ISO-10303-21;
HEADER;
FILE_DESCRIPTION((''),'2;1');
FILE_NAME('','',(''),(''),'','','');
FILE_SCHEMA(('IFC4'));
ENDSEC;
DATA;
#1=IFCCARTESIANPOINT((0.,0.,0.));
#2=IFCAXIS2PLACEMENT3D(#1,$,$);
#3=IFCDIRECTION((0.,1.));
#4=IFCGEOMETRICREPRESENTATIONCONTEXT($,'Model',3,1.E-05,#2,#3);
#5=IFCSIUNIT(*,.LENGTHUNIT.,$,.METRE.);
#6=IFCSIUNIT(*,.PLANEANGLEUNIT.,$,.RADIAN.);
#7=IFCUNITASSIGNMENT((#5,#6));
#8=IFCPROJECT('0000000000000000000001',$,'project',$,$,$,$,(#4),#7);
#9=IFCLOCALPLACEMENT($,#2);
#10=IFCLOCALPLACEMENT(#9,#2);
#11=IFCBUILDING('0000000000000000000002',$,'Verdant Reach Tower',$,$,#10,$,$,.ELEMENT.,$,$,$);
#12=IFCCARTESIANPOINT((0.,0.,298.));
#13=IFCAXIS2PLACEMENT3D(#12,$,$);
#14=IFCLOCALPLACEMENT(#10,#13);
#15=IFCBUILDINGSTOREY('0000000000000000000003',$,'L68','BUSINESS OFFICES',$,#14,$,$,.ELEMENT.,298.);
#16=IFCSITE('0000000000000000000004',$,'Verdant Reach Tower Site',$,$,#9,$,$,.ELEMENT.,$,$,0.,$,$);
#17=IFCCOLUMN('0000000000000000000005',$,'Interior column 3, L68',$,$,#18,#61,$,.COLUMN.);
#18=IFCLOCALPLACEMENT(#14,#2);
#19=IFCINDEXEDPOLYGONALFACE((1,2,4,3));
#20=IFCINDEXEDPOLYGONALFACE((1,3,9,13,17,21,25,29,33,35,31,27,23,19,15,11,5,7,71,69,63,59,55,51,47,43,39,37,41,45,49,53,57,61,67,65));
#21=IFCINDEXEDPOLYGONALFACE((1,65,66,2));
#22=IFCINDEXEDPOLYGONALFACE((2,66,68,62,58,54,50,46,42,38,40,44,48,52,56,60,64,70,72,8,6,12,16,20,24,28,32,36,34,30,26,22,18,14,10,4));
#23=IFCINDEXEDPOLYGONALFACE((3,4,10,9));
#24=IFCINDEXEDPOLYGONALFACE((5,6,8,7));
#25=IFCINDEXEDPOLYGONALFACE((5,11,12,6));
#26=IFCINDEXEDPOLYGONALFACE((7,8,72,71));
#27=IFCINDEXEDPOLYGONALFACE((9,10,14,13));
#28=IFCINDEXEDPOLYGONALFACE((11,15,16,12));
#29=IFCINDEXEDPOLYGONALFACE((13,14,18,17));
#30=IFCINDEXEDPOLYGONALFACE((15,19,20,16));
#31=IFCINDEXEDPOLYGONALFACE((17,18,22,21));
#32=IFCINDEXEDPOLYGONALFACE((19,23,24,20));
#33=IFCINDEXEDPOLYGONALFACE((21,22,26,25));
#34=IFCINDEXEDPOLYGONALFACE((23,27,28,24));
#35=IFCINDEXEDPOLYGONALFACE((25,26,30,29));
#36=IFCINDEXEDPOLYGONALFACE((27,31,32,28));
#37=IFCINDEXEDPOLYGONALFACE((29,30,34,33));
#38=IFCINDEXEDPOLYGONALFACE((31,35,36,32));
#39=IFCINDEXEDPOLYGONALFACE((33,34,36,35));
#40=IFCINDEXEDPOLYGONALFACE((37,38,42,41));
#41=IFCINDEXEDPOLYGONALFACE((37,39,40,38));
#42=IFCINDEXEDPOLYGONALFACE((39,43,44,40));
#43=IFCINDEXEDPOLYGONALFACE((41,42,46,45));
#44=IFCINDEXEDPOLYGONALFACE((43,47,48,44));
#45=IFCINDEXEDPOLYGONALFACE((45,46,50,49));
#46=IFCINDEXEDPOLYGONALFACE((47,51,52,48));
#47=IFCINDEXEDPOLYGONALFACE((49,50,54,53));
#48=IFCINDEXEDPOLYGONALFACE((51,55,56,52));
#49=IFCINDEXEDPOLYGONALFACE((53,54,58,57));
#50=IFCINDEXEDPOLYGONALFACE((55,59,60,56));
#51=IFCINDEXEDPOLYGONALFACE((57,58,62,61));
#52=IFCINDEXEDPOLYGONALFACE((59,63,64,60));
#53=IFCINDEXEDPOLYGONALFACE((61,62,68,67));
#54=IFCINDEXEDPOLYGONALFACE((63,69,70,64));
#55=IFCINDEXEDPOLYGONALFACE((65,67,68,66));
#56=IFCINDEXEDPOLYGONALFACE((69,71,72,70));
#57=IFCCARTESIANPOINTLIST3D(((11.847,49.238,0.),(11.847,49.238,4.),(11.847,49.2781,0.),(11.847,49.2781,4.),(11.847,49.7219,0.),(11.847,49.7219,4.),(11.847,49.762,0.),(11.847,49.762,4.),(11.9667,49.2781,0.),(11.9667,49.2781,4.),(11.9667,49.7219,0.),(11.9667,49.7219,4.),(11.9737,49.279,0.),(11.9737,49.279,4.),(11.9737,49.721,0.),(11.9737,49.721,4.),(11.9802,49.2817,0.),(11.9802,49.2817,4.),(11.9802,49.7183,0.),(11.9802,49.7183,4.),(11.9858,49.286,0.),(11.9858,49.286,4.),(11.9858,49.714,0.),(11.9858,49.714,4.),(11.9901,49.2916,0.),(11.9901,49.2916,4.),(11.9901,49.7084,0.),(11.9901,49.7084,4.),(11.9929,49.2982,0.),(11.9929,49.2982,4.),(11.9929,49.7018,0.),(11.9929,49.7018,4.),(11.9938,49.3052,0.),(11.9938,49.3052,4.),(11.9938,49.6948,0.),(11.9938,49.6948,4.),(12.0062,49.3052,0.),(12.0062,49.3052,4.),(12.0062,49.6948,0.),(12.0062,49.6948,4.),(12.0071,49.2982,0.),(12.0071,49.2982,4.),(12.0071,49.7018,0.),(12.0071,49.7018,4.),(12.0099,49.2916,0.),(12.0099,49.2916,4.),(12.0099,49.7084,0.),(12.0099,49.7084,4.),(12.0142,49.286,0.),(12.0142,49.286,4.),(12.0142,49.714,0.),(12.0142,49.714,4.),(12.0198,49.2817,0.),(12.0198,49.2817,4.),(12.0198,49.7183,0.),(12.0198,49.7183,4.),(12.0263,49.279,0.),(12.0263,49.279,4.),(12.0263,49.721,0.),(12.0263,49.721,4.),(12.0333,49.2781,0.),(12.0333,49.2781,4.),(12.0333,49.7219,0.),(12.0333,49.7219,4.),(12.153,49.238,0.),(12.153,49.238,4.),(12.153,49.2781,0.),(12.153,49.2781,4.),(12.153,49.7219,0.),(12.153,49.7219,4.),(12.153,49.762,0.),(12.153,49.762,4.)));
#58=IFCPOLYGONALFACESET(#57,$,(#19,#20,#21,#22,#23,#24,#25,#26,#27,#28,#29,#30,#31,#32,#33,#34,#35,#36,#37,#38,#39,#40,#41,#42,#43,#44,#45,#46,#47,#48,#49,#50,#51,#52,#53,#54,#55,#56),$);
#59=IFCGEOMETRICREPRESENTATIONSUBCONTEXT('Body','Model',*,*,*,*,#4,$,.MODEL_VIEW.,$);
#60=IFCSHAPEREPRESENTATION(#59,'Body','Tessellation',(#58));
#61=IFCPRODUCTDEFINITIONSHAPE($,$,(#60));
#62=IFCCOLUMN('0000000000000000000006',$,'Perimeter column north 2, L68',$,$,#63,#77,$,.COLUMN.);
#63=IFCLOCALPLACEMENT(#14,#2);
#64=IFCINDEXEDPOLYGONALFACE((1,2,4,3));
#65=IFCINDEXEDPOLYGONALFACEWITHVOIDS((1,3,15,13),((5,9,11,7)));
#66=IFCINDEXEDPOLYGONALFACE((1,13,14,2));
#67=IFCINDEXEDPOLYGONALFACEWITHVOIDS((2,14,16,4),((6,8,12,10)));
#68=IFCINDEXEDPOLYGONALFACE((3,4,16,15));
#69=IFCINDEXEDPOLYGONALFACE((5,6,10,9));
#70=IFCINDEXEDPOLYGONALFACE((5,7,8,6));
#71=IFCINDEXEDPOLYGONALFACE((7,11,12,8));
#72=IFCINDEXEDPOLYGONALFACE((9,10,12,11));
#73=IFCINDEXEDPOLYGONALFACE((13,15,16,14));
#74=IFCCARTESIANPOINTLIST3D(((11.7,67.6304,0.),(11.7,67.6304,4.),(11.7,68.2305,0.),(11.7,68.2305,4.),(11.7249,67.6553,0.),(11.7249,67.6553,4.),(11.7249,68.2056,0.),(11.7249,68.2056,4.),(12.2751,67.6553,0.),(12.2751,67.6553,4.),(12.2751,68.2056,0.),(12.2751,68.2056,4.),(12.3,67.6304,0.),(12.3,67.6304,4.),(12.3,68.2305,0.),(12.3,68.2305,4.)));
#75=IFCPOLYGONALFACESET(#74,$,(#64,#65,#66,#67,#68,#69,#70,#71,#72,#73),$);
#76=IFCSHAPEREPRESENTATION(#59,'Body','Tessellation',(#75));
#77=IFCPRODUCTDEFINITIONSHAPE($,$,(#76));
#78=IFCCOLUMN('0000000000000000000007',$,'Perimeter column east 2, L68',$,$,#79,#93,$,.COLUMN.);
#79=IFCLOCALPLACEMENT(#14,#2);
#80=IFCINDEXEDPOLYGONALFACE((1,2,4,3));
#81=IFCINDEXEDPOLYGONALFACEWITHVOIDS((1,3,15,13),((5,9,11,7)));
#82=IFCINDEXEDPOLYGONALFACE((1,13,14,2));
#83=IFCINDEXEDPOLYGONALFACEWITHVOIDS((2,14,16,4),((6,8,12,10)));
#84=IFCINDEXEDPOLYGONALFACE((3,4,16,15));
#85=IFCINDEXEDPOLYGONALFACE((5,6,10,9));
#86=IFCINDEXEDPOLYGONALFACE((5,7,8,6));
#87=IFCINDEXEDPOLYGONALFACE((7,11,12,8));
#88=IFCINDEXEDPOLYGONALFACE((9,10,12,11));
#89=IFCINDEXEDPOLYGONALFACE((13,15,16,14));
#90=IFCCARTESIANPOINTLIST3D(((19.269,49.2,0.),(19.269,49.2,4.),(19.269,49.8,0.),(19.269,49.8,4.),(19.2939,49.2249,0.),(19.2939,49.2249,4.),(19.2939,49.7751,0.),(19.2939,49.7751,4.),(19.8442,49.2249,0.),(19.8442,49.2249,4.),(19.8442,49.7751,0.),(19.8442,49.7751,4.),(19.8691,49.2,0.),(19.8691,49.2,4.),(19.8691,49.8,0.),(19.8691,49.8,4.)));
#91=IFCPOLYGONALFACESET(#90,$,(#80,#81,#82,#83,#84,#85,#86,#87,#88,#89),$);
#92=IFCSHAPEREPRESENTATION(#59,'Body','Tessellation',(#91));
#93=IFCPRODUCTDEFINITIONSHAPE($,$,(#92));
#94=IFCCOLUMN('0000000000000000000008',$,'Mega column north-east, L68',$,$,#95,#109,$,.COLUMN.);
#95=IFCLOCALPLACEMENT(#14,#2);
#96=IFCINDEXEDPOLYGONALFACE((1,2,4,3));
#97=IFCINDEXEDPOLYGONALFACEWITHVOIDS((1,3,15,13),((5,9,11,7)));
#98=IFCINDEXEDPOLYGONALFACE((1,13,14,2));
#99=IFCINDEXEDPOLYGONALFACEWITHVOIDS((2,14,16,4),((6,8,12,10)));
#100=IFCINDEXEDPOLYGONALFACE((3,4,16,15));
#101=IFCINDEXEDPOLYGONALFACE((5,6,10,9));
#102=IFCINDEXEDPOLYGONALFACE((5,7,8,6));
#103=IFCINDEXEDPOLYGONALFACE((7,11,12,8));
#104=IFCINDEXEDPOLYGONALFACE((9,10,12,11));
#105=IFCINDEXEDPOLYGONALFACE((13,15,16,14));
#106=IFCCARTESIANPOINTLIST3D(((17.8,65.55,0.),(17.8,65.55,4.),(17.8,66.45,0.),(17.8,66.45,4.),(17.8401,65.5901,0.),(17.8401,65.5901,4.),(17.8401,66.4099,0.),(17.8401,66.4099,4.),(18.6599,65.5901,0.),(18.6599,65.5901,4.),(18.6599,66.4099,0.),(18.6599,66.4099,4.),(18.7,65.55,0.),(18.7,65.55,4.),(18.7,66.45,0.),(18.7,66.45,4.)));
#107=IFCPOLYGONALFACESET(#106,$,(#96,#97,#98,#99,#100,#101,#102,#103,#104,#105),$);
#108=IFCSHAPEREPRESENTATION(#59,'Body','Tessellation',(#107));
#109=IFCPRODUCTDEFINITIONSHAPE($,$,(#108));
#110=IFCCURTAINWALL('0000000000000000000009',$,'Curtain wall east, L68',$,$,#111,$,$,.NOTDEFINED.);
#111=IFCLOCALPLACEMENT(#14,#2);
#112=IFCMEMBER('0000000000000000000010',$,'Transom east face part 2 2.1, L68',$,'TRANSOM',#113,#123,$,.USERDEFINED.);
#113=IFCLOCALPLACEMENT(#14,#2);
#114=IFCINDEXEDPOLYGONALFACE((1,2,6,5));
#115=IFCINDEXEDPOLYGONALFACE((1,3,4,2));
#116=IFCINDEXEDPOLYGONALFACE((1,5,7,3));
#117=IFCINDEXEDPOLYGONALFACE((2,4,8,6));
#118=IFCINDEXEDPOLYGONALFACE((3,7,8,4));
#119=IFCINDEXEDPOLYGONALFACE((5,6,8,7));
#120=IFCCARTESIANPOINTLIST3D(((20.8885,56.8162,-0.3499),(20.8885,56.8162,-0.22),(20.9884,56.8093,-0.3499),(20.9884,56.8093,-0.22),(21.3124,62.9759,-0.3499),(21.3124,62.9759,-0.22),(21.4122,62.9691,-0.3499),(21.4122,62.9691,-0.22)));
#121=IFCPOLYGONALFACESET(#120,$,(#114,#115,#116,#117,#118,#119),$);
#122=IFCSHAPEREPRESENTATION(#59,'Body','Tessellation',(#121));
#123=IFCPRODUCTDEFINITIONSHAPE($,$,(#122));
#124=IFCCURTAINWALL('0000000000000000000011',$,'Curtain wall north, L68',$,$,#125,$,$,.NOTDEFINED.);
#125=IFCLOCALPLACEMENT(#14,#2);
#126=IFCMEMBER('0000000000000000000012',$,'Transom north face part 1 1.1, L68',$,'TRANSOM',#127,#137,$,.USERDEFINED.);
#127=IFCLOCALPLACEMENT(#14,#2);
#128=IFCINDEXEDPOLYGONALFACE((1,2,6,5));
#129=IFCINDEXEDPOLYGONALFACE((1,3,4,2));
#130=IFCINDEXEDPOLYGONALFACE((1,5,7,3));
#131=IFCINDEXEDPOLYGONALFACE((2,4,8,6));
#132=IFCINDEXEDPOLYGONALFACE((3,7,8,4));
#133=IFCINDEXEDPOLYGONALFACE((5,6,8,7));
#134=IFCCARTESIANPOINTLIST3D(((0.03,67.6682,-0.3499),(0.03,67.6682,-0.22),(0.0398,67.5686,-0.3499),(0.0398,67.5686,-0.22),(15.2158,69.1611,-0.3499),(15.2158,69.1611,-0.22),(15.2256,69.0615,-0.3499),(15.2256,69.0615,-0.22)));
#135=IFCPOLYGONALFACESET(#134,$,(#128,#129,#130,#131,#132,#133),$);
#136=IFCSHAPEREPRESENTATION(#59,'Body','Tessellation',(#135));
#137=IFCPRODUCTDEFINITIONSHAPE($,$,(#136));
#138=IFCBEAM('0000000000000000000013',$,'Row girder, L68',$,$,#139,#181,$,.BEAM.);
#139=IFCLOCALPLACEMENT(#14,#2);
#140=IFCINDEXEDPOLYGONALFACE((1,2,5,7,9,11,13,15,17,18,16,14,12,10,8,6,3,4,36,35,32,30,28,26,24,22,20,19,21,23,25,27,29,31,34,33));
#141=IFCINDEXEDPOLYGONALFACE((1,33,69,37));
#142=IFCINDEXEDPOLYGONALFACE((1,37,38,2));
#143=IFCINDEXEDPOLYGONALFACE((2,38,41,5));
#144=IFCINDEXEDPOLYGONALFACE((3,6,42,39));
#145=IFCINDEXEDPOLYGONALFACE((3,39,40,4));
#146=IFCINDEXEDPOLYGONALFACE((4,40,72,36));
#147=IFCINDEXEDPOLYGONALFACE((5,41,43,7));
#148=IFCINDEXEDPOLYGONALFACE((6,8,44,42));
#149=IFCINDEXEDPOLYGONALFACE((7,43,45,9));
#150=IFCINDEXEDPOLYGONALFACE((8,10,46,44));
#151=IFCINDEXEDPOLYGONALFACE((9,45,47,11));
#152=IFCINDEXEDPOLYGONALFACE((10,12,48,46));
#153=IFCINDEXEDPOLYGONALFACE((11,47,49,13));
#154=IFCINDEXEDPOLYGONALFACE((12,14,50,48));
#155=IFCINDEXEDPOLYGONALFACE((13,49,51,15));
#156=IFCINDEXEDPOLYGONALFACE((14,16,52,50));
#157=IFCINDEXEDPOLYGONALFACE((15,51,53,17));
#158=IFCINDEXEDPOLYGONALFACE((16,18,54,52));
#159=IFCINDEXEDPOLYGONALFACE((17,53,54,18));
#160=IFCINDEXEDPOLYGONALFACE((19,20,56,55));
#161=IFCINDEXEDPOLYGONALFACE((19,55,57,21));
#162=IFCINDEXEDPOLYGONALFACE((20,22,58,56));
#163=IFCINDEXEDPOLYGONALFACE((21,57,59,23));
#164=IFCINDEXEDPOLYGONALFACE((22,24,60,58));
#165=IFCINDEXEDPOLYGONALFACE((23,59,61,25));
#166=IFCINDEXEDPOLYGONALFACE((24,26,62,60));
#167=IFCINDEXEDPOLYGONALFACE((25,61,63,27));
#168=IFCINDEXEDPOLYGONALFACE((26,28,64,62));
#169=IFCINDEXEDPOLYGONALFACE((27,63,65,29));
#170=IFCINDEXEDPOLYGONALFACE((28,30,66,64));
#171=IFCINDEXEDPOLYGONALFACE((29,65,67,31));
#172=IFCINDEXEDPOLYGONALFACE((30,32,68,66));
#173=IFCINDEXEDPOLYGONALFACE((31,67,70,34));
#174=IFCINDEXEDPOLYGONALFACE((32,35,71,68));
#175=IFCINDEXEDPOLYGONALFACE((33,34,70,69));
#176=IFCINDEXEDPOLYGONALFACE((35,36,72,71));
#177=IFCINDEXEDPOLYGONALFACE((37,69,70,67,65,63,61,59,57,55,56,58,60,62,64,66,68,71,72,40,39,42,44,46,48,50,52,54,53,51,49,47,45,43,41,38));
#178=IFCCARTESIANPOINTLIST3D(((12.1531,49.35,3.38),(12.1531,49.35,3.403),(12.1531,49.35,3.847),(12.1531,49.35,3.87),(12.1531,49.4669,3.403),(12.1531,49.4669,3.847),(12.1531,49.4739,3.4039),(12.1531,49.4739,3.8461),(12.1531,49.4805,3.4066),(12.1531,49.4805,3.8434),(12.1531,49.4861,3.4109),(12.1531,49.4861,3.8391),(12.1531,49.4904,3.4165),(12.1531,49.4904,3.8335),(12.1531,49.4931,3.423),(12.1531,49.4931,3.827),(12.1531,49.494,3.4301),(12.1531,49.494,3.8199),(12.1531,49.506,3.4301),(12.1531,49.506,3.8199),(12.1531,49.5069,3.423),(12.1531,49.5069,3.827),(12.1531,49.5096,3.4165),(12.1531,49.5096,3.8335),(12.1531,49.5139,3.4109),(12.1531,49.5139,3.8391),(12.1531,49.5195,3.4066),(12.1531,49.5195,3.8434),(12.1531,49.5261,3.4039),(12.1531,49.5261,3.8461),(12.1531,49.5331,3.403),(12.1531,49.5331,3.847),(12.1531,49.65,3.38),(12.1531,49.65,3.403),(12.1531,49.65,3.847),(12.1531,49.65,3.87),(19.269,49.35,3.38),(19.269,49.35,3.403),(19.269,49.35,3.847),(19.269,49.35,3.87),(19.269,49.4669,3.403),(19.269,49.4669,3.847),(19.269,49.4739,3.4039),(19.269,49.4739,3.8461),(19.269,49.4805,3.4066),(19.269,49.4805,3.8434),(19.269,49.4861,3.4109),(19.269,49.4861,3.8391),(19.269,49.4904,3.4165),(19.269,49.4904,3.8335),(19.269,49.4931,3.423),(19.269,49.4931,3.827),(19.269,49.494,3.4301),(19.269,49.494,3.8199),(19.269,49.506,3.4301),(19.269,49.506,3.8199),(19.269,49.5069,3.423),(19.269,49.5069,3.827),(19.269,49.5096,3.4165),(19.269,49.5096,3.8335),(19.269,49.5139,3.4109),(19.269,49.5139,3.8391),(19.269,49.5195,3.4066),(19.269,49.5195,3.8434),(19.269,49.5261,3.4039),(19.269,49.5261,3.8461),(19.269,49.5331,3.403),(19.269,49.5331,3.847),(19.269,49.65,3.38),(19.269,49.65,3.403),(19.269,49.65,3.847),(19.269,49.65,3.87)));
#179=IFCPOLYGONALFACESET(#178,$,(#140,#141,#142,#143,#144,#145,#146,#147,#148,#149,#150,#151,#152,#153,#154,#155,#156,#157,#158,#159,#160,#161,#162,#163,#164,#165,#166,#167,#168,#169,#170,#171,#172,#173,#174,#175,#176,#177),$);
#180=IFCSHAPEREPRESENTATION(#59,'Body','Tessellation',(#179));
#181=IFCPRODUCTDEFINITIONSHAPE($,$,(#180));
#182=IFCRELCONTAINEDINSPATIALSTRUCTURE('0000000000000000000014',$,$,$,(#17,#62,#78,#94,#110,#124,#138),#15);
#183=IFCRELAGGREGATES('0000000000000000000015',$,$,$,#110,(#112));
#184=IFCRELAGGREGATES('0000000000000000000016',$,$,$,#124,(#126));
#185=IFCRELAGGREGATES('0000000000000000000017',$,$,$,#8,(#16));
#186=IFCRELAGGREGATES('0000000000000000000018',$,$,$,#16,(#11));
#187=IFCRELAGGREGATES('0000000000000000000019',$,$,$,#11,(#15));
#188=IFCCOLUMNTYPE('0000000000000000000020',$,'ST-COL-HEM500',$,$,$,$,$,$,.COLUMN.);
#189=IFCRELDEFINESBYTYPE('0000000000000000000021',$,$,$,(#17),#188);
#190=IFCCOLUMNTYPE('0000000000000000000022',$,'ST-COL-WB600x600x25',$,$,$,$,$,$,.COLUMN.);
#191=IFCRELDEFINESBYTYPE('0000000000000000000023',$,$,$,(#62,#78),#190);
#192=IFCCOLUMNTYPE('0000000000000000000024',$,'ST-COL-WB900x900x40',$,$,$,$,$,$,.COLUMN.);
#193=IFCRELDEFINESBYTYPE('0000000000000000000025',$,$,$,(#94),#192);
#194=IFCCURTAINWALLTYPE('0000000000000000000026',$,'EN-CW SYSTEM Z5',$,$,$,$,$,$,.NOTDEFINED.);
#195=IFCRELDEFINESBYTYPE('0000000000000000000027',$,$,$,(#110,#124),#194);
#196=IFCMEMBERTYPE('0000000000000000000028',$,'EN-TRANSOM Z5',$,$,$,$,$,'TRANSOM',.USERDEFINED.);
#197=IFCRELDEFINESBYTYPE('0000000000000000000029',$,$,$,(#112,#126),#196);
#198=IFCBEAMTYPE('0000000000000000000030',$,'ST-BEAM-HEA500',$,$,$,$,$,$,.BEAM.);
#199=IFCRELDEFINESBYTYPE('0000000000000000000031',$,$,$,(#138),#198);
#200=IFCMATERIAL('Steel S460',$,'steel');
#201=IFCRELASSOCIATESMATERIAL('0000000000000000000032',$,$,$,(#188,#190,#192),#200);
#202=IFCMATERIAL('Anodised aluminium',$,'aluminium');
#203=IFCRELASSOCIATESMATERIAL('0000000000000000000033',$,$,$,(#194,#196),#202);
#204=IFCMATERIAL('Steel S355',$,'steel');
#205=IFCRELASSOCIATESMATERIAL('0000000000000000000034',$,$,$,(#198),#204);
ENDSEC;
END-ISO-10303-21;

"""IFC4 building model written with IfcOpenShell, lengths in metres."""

from ifc_helpers import new_model, si_unit, direction, frame, origin, origin_2d, place, context, subcontext, project, spatial, rectangle, hollow_rectangle, i_section, extrude, material, material_profile, profile_set, type_object, element, aggregate, save


model = new_model("IFC4")

# Units and contexts
model_context = context("Model", 3, precision=1e-05, world=origin(), true_north=direction((0.0, 1.0)))
body_context = subcontext(model_context, "Body", "Model", "MODEL_VIEW")
ifc_project = project(units=[si_unit("LENGTHUNIT", "METRE"), si_unit("PLANEANGLEUNIT", "RADIAN")], contexts=[model_context])

# Site, building, storey
site_placement = place(None, origin())
site = spatial("IfcSite", under=ifc_project, at=site_placement, Name="Verdant Reach Tower Site", CompositionType="ELEMENT", RefElevation=0.0)
building_placement = place(site_placement, origin())
building = spatial("IfcBuilding", under=site, at=building_placement, Name="Verdant Reach Tower", CompositionType="ELEMENT")
storey_placement = place(building_placement, frame((0.0, 0.0, 298.0)))
storey = spatial("IfcBuildingStorey", under=building, at=storey_placement, Name="L68", Description="BUSINESS OFFICES", CompositionType="ELEMENT", Elevation=298.0)

# Columns
ifc_material_1 = material(Name="Steel S460", Category="steel")
ifc_material_profile_1 = material_profile(ifc_material_1, i_section(OverallWidth=0.3059, OverallDepth=0.5239, WebThickness=0.0125, FlangeThickness=0.04, FilletRadius=0.0271, at=origin_2d()), Name="HEM 500")
ifc_profile_set_1 = profile_set([ifc_material_profile_1], Name="Steel S460")
column_type_1 = type_object("IfcColumnType", Name="ST-COL-HEM500", PredefinedType="COLUMN", material=ifc_profile_set_1)
column_1_placement = place(storey_placement, frame((12.0, 49.5, 0.0), z_axis=(0.0, 0.0, 1.0), x_axis=(1.0, 0.0, 0.0)))
element("IfcColumn", 1, at=column_1_placement, inside=storey, type_object=column_type_1, Name="Interior column 3, L68", PredefinedType="COLUMN", context=body_context, shape_type="SweptSolid", body=[
    extrude(i_section(OverallWidth=0.3059, OverallDepth=0.5239, WebThickness=0.0125, FlangeThickness=0.04, FilletRadius=0.0271, at=origin_2d()), origin(), (0.0, 0.0, 1.0), 4.0),
])
ifc_material_profile_2 = material_profile(ifc_material_1, hollow_rectangle(XDim=0.6001, YDim=0.6001, WallThickness=0.0249, at=origin_2d()), Name="WB 600x600x25")
ifc_profile_set_2 = profile_set([ifc_material_profile_2], Name="Steel S460")
column_type_2 = type_object("IfcColumnType", Name="ST-COL-WB600x600x25", PredefinedType="COLUMN", material=ifc_profile_set_2)
for number, where, z_axis, x_axis, name in (
    (2, (12.0, 67.9304, 0.0), (0.0, 0.0, 1.0), (1.0, 0.0, 0.0), "Perimeter column north 2, L68"),
    (3, (19.5691, 49.5, 0.0), (0.0, 0.0, 1.0), (1.0, 0.0, 0.0), "Perimeter column east 2, L68"),
):
    element("IfcColumn", number, at=place(storey_placement, frame(where, z_axis=z_axis, x_axis=x_axis)), inside=storey, type_object=column_type_2, Name=name, PredefinedType="COLUMN", context=body_context, shape_type="SweptSolid", body=[
        extrude(hollow_rectangle(XDim=0.6001, YDim=0.6001, WallThickness=0.0249, at=origin_2d()), origin(), (0.0, 0.0, 1.0), 4.0),
    ])
ifc_material_profile_3 = material_profile(ifc_material_1, hollow_rectangle(XDim=0.8999, YDim=0.8999, WallThickness=0.04, at=origin_2d()), Name="WB 900x900x40")
ifc_profile_set_3 = profile_set([ifc_material_profile_3], Name="Steel S460")
column_type_3 = type_object("IfcColumnType", Name="ST-COL-WB900x900x40", PredefinedType="COLUMN", material=ifc_profile_set_3)
column_2_placement = place(storey_placement, frame((18.25, 66.0, 0.0), z_axis=(0.0, 0.0, 1.0), x_axis=(1.0, 0.0, 0.0)))
element("IfcColumn", 4, at=column_2_placement, inside=storey, type_object=column_type_3, Name="Mega column north-east, L68", PredefinedType="COLUMN", context=body_context, shape_type="SweptSolid", body=[
    extrude(hollow_rectangle(XDim=0.8999, YDim=0.8999, WallThickness=0.04, at=origin_2d()), origin(), (0.0, 0.0, 1.0), 4.0),
])

# Curtain walls, members
ifc_material_2 = material(Name="Anodised aluminium", Category="aluminium")
curtain_wall_type = type_object("IfcCurtainWallType", Name="EN-CW SYSTEM Z5", PredefinedType="NOTDEFINED", material=ifc_material_2)
curtain_wall_1_placement = place(storey_placement, origin())
curtain_wall_1 = element("IfcCurtainWall", 5, at=curtain_wall_1_placement, inside=storey, type_object=curtain_wall_type, Name="Curtain wall east, L68", PredefinedType="NOTDEFINED")
ifc_material_profile_4 = material_profile(ifc_material_2, rectangle(XDim=0.1001, YDim=0.1299, at=origin_2d()), Name="Transom 130x100")
ifc_profile_set_4 = profile_set([ifc_material_profile_4], Name="Anodised aluminium")
member_type = type_object("IfcMemberType", Name="EN-TRANSOM Z5", ElementType="TRANSOM", PredefinedType="USERDEFINED", material=ifc_profile_set_4)
member_1_placement = place(storey_placement, frame((20.9385, 56.8127, -0.2849), z_axis=(0.068645, 0.997641, 0.0), x_axis=(-0.997641, 0.068645, 0.0)))
member_1 = element("IfcMember", 6, at=member_1_placement, type_object=member_type, Name="Transom east face part 2 2.1, L68", ObjectType="TRANSOM", PredefinedType="USERDEFINED", context=body_context, shape_type="SweptSolid", body=[
    extrude(rectangle(XDim=0.1001, YDim=0.1299, at=origin_2d()), origin(), (0.0, 0.0, 1.0), 6.1743),
])
curtain_wall_2_placement = place(storey_placement, origin())
curtain_wall_2 = element("IfcCurtainWall", 7, at=curtain_wall_2_placement, inside=storey, type_object=curtain_wall_type, Name="Curtain wall north, L68", PredefinedType="NOTDEFINED")
member_2_placement = place(storey_placement, frame((15.2207, 69.1113, -0.2849), z_axis=(-0.995202, -0.097839, 0.0), x_axis=(0.097839, -0.995202, 0.0)))
member_2 = element("IfcMember", 8, at=member_2_placement, type_object=member_type, Name="Transom north face part 1 1.1, L68", ObjectType="TRANSOM", PredefinedType="USERDEFINED", context=body_context, shape_type="SweptSolid", body=[
    extrude(rectangle(XDim=0.1001, YDim=0.1299, at=origin_2d()), origin(), (0.0, 0.0, 1.0), 15.259),
])

# Beam
ifc_material_3 = material(Name="Steel S355", Category="steel")
ifc_material_profile_5 = material_profile(ifc_material_3, i_section(OverallWidth=0.3, OverallDepth=0.49, WebThickness=0.012, FlangeThickness=0.0229, FilletRadius=0.0271, at=origin_2d()), Name="HEA 500")
ifc_profile_set_5 = profile_set([ifc_material_profile_5], Name="Steel S355")
beam_type_1 = type_object("IfcBeamType", Name="ST-BEAM-HEA500", PredefinedType="BEAM", material=ifc_profile_set_5)
beam_1_placement = place(storey_placement, frame((12.1531, 49.5, 3.625), z_axis=(1.0, 0.0, 0.0), x_axis=(0.0, 1.0, 0.0)))
element("IfcBeam", 9, at=beam_1_placement, inside=storey, type_object=beam_type_1, Name="Row girder, L68", PredefinedType="BEAM", context=body_context, shape_type="SweptSolid", body=[
    extrude(i_section(OverallWidth=0.3, OverallDepth=0.49, WebThickness=0.012, FlangeThickness=0.0229, FilletRadius=0.0271, at=origin_2d()), origin(), (0.0, 0.0, 1.0), 7.116),
])

aggregate(curtain_wall_1, [member_1])
aggregate(curtain_wall_2, [member_2])

save(model, "model.ifc")
